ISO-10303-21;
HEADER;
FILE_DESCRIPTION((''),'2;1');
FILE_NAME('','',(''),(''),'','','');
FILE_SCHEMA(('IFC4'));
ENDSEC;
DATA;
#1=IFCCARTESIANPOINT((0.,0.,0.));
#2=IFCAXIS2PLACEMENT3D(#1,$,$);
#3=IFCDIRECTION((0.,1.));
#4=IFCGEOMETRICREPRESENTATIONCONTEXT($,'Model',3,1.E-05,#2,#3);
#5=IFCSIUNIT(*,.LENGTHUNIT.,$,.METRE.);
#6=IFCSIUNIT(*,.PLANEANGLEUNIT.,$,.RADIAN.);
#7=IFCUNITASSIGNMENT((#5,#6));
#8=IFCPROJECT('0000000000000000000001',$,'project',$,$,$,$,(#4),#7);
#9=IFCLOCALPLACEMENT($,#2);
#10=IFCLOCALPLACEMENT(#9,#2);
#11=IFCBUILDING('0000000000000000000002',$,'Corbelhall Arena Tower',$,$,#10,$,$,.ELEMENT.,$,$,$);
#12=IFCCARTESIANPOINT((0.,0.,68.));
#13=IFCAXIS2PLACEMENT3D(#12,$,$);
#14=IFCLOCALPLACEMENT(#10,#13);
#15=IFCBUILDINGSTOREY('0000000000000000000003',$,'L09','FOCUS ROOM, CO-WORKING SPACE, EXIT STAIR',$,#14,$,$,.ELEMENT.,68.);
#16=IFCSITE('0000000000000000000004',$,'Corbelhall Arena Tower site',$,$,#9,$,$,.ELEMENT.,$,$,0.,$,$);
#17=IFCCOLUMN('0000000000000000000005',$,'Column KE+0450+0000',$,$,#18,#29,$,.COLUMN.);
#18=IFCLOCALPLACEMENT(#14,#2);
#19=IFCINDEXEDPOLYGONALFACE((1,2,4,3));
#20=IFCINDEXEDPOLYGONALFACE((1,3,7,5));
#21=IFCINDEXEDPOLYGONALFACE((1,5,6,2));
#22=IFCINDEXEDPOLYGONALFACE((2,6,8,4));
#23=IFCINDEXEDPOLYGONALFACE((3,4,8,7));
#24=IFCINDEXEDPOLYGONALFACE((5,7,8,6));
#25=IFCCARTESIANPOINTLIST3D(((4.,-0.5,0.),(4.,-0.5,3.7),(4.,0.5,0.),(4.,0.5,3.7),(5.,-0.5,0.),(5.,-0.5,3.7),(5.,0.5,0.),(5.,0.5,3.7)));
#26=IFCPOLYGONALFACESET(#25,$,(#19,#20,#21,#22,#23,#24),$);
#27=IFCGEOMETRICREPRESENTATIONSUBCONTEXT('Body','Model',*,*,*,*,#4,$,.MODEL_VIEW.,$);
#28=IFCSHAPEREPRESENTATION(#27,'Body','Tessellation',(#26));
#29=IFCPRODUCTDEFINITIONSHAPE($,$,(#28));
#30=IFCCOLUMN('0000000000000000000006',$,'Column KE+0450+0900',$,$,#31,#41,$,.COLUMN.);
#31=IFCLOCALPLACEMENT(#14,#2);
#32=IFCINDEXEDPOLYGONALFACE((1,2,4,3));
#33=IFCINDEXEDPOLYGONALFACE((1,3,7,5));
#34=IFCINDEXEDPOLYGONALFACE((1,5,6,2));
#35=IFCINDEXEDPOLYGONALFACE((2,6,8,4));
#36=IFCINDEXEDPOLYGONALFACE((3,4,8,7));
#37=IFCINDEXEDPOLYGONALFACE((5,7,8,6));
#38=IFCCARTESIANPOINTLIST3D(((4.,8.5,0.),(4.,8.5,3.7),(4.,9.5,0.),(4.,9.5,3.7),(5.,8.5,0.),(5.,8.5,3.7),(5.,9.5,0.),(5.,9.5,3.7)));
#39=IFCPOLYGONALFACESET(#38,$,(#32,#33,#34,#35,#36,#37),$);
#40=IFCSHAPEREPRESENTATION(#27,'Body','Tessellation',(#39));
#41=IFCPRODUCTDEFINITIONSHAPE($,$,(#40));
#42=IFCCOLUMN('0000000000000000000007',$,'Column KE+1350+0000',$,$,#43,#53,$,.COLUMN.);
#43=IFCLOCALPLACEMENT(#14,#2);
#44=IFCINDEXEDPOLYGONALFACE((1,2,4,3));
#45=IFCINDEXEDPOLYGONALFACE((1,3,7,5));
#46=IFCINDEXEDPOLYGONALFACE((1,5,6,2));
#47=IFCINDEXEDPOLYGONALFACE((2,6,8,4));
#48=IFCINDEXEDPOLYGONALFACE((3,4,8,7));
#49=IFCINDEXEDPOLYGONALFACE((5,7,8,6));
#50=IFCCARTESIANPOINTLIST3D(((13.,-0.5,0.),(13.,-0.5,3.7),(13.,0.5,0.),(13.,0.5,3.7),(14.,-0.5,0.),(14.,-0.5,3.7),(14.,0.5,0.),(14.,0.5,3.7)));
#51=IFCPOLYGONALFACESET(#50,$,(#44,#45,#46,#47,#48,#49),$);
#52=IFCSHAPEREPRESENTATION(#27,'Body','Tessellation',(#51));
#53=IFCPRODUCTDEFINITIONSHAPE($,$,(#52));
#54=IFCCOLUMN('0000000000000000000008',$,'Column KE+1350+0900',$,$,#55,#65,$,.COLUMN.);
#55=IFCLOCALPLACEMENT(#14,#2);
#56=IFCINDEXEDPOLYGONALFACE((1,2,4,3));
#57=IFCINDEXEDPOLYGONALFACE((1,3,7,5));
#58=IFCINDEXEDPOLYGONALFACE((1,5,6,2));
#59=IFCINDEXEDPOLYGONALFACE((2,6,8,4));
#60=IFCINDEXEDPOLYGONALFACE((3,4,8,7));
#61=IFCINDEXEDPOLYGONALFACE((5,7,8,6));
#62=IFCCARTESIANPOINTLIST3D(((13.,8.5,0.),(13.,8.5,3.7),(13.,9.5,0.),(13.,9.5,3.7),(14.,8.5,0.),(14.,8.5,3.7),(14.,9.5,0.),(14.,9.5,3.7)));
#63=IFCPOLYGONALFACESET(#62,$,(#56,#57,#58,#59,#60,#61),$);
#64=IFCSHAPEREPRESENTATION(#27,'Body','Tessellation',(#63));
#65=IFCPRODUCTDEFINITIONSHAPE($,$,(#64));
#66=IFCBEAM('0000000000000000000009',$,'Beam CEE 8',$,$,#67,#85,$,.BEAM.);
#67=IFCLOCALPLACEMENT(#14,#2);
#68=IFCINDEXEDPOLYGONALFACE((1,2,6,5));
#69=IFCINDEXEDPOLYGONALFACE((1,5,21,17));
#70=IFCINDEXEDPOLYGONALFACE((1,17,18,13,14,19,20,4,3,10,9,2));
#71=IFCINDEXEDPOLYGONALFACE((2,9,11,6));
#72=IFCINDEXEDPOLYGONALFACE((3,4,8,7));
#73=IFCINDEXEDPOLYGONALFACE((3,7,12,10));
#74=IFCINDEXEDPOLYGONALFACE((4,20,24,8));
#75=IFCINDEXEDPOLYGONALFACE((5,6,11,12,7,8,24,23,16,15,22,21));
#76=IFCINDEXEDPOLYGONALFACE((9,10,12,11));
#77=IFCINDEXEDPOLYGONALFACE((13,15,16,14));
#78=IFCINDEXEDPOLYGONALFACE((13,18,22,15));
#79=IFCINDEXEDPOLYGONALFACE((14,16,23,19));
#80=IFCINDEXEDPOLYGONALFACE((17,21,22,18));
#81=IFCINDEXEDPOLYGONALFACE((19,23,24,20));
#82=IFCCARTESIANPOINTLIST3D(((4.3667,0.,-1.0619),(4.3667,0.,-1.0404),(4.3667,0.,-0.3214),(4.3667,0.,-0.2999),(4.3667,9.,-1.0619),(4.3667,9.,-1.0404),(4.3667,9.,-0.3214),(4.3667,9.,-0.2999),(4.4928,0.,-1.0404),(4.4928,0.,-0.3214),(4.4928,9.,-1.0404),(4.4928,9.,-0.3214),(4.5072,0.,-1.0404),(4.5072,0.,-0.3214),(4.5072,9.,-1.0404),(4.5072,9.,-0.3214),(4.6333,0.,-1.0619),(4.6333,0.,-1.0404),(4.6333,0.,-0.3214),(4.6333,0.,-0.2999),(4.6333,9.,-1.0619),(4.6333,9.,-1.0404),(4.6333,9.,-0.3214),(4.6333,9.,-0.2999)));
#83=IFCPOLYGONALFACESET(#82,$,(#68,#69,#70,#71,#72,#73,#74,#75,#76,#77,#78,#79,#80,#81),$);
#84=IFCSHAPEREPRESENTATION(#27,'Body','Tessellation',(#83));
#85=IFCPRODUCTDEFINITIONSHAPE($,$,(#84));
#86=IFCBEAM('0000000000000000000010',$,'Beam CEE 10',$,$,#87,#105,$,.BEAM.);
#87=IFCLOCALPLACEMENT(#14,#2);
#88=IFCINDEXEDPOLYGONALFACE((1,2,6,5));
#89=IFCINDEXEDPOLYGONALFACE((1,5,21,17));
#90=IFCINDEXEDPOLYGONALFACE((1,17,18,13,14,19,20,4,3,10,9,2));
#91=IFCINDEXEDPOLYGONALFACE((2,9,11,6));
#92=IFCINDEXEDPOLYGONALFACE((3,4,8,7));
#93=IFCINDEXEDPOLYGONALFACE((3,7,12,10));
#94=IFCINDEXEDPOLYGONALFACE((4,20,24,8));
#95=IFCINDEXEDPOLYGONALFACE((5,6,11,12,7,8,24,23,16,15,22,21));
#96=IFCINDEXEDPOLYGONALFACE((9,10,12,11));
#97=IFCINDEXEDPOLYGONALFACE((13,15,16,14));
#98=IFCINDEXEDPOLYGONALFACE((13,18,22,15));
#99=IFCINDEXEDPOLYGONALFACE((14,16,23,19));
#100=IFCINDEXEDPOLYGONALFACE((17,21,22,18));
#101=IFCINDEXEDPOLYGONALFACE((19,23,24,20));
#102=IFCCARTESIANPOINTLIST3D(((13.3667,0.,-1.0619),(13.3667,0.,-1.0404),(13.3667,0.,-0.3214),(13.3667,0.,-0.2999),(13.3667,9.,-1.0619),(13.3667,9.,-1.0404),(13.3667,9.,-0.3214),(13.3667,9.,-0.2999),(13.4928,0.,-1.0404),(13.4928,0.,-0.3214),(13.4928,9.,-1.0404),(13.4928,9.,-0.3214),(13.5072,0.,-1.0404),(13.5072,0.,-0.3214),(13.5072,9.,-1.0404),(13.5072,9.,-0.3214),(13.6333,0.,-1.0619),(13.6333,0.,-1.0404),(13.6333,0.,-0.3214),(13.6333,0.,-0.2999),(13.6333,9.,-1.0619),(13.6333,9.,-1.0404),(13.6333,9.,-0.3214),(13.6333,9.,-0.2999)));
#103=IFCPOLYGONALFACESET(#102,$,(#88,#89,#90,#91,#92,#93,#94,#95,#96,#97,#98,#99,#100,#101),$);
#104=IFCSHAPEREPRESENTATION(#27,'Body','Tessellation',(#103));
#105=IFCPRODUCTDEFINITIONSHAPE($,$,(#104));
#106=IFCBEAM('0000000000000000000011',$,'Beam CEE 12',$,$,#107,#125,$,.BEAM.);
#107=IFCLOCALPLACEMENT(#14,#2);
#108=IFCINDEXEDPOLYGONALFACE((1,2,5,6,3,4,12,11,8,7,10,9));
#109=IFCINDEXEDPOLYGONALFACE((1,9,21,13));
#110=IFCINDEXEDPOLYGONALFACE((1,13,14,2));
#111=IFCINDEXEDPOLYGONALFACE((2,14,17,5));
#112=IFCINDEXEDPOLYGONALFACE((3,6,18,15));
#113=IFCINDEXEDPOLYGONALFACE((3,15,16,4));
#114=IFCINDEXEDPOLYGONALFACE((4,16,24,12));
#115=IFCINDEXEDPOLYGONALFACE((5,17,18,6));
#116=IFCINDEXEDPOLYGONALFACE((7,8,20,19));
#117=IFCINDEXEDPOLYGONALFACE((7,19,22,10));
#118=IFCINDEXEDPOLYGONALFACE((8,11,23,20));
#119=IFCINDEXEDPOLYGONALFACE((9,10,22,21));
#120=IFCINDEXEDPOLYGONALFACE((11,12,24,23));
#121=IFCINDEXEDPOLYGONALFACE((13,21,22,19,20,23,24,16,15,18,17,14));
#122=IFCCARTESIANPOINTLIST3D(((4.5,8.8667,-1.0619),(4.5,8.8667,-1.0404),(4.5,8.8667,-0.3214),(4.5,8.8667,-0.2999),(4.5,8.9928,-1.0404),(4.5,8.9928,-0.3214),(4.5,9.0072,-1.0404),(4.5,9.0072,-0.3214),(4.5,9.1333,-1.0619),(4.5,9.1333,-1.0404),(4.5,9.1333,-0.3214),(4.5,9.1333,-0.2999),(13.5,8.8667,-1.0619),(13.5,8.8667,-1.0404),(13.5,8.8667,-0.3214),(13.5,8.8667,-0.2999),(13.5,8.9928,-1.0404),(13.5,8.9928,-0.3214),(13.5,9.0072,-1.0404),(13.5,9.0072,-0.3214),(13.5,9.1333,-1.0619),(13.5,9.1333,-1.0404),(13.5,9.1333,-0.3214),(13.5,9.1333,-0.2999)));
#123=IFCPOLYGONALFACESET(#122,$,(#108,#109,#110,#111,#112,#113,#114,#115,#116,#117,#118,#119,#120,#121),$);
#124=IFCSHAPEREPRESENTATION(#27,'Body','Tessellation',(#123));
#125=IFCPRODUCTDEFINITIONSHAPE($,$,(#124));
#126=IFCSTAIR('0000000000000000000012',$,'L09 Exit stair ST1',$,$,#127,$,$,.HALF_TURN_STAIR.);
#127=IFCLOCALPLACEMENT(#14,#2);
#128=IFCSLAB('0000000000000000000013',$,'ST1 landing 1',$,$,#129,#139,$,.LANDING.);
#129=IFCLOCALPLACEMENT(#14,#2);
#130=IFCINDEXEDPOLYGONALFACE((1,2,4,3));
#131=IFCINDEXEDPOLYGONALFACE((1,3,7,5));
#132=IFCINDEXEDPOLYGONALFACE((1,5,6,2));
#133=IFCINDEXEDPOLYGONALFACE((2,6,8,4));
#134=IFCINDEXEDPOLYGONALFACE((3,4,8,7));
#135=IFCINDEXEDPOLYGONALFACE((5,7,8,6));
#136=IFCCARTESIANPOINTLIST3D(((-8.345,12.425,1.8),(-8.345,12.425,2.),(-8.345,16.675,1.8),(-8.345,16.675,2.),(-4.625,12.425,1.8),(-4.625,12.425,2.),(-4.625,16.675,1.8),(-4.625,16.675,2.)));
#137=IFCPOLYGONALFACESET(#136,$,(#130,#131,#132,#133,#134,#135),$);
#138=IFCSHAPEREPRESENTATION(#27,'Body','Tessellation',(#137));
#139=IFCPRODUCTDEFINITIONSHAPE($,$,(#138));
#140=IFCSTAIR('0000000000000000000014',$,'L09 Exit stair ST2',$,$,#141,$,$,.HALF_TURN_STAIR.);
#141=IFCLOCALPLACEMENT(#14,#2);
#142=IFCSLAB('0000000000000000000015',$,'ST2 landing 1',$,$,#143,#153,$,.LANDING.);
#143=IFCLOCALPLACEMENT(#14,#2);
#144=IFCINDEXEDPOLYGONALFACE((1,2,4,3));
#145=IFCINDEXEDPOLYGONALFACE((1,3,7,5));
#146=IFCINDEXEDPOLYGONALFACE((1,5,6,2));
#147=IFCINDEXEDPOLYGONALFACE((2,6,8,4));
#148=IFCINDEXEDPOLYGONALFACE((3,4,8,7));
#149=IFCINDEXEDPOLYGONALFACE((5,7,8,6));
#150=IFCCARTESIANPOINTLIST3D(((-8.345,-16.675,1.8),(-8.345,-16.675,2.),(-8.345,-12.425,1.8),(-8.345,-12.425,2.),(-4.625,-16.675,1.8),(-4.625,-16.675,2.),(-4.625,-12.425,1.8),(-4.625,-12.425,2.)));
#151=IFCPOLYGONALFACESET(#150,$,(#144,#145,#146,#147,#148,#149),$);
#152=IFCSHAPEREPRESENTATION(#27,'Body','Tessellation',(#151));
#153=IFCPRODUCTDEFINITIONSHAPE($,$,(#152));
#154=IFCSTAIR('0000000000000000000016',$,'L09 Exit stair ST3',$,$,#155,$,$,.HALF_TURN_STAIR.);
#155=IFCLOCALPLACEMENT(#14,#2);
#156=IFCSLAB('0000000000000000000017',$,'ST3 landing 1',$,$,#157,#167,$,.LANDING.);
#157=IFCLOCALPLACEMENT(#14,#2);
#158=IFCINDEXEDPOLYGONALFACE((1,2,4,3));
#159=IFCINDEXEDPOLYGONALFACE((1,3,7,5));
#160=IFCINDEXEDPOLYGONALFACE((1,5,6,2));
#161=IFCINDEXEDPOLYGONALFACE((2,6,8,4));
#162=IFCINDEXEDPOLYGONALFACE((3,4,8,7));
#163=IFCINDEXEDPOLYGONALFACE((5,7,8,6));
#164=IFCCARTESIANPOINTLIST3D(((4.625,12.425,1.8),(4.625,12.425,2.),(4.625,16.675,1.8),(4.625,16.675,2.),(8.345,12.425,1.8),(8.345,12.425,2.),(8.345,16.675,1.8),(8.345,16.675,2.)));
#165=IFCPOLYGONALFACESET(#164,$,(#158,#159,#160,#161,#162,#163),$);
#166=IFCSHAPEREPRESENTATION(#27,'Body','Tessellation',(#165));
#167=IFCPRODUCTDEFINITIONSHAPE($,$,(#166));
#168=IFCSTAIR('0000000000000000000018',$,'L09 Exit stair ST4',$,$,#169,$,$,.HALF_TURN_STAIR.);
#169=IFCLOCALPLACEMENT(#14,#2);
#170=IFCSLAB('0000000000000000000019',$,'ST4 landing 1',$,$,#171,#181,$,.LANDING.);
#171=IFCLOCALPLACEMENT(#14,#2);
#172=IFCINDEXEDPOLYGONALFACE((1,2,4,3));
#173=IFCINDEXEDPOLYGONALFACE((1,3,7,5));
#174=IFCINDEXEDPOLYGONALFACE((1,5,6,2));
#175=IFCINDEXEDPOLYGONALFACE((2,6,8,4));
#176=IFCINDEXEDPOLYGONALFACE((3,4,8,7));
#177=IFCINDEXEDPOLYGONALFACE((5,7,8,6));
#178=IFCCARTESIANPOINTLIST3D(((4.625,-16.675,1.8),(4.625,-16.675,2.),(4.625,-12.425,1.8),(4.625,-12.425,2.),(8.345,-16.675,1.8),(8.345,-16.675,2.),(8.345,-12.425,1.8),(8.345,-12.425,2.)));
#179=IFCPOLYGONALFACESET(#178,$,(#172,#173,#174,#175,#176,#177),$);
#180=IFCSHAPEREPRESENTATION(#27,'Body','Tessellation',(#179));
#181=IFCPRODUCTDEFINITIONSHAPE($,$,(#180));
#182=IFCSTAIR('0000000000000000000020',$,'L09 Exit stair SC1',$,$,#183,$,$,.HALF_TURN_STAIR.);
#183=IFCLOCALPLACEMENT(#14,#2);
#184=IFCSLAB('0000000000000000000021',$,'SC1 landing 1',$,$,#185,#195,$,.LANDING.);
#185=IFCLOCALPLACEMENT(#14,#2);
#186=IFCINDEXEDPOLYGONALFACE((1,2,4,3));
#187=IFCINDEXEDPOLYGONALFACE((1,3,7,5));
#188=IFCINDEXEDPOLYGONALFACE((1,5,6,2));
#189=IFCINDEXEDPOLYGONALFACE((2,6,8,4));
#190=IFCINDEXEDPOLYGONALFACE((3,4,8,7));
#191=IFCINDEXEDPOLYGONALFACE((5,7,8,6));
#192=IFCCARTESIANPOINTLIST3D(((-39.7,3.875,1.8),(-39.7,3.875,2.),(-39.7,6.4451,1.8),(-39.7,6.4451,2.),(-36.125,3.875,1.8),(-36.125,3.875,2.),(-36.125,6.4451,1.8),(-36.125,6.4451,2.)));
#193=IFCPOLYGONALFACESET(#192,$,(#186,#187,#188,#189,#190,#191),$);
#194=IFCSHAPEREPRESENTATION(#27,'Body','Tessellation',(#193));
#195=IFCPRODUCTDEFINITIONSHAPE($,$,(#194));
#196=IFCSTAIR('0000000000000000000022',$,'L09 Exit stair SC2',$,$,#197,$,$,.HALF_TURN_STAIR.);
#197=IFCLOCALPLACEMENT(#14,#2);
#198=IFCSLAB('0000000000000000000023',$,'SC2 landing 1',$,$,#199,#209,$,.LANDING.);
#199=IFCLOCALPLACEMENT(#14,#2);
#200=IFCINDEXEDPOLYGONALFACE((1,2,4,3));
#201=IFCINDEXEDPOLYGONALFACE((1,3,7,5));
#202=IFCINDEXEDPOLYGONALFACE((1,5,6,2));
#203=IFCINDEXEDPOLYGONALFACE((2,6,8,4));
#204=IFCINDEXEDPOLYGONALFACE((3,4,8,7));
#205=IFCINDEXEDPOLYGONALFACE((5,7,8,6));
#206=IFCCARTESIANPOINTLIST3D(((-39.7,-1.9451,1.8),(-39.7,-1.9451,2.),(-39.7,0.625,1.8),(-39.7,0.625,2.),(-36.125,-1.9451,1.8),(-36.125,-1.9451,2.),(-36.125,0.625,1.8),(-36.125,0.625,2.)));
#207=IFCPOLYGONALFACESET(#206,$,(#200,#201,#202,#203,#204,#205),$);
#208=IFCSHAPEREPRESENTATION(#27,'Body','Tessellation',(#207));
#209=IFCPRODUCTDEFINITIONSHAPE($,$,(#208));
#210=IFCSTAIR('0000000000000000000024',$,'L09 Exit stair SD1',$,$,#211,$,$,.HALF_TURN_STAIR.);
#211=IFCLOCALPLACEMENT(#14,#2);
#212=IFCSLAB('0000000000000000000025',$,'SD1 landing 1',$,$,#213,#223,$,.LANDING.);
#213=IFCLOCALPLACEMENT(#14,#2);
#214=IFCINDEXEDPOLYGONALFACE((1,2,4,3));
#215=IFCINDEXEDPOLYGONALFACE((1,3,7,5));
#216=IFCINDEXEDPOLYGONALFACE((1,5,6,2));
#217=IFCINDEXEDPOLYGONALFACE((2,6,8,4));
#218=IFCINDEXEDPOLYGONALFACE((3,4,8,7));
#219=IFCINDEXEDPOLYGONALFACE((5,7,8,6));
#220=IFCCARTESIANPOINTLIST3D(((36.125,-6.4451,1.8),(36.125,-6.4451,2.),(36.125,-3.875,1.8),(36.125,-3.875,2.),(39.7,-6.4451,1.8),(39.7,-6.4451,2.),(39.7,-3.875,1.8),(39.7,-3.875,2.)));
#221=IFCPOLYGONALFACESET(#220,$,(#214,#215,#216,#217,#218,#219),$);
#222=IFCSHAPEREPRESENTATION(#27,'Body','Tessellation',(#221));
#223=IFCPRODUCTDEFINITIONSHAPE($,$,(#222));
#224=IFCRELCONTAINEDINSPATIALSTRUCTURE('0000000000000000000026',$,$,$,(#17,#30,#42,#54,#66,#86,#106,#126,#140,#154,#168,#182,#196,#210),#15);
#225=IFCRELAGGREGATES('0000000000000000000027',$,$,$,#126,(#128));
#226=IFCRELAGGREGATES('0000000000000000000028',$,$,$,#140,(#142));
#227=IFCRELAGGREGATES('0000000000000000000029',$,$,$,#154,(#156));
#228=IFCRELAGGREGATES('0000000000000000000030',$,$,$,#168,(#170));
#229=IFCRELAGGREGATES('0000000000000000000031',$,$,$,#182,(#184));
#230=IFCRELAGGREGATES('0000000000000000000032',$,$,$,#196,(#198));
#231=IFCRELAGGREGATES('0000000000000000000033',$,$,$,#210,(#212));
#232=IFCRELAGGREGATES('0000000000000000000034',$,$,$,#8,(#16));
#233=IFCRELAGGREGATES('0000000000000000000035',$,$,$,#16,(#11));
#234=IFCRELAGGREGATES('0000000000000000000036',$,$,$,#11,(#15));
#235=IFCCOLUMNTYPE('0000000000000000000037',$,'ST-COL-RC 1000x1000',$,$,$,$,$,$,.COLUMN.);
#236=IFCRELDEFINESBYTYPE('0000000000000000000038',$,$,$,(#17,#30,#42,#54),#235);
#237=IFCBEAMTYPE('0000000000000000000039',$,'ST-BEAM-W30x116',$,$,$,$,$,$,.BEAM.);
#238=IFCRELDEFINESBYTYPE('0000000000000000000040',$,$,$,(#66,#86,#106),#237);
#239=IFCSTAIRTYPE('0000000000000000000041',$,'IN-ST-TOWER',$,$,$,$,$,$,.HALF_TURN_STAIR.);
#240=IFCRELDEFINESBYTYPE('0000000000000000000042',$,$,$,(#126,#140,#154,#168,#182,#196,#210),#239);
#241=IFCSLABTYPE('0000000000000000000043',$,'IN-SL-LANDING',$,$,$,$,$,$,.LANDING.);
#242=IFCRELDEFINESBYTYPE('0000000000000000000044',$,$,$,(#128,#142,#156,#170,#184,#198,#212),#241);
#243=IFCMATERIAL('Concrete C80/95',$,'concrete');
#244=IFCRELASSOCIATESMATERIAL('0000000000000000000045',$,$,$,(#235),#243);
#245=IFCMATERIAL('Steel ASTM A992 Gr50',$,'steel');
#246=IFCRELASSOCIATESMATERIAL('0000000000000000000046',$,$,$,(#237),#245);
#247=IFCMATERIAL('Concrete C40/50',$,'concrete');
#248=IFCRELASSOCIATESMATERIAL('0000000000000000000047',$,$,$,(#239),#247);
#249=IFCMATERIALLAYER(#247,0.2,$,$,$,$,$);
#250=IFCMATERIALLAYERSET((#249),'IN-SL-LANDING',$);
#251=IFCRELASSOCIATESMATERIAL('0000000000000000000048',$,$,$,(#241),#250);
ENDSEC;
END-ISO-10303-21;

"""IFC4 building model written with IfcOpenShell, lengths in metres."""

from ifc_helpers import new_model, si_unit, direction, frame, origin, origin_2d, place, context, subcontext, project, spatial, polyline, rectangle, i_section, outline, extrude, material, layer, layer_set, material_profile, profile_set, type_object, element, aggregate, save


model = new_model("IFC4")

# Units and contexts
model_context = context("Model", 3, precision=1e-05, world=origin(), true_north=direction((0.0, 1.0)))
body_context = subcontext(model_context, "Body", "Model", "MODEL_VIEW")
ifc_project = project(units=[si_unit("LENGTHUNIT", "METRE"), si_unit("PLANEANGLEUNIT", "RADIAN")], contexts=[model_context])

# Site, building, storey
site_placement = place(None, origin())
site = spatial("IfcSite", under=ifc_project, at=site_placement, Name="Corbelhall Arena Tower site", CompositionType="ELEMENT", RefElevation=0.0)
building_placement = place(site_placement, origin())
building = spatial("IfcBuilding", under=site, at=building_placement, Name="Corbelhall Arena Tower", CompositionType="ELEMENT")
storey_placement = place(building_placement, frame((0.0, 0.0, 68.0)))
storey = spatial("IfcBuildingStorey", under=building, at=storey_placement, Name="L09", Description="FOCUS ROOM, CO-WORKING SPACE, EXIT STAIR", CompositionType="ELEMENT", Elevation=68.0)

# Columns
ifc_material_1 = material(Name="Concrete C80/95", Category="concrete")
ifc_material_profile_1 = material_profile(ifc_material_1, rectangle(XDim=1.0, YDim=1.0, at=origin_2d()))
ifc_profile_set_1 = profile_set([ifc_material_profile_1], Name="Concrete C80/95")
column_type = type_object("IfcColumnType", Name="ST-COL-RC 1000x1000", PredefinedType="COLUMN", material=ifc_profile_set_1)
for number, where, z_axis, x_axis, name in (
    (1, (4.5, 0.0, 0.0), (0.0, 0.0, 1.0), (1.0, 0.0, 0.0), "Column KE+0450+0000"),
    (2, (4.5, 9.0, 0.0), (0.0, 0.0, 1.0), (1.0, 0.0, 0.0), "Column KE+0450+0900"),
    (3, (13.5, 0.0, 0.0), (0.0, 0.0, 1.0), (1.0, 0.0, 0.0), "Column KE+1350+0000"),
    (4, (13.5, 9.0, 0.0), (0.0, 0.0, 1.0), (1.0, 0.0, 0.0), "Column KE+1350+0900"),
):
    element("IfcColumn", number, at=place(storey_placement, frame(where, z_axis=z_axis, x_axis=x_axis)), inside=storey, type_object=column_type, Name=name, PredefinedType="COLUMN", context=body_context, shape_type="SweptSolid", body=[
        extrude(rectangle(XDim=1.0, YDim=1.0, at=origin_2d()), origin(), (0.0, 0.0, 1.0), 3.7),
    ])

# Beams
ifc_material_2 = material(Name="Steel ASTM A992 Gr50", Category="steel")
ifc_material_profile_2 = material_profile(ifc_material_2, i_section(OverallWidth=0.2666, OverallDepth=0.762, WebThickness=0.0144, FlangeThickness=0.0215, at=origin_2d()))
ifc_profile_set_2 = profile_set([ifc_material_profile_2], Name="Steel ASTM A992 Gr50")
beam_type = type_object("IfcBeamType", Name="ST-BEAM-W30x116", PredefinedType="BEAM", material=ifc_profile_set_2)
for number, where, z_axis, x_axis, name in (
    (5, (4.5, 0.0, -0.6809), (0.0, 1.0, 0.0), (-1.0, 0.0, 0.0), "Beam CEE 8"),
    (6, (13.5, 0.0, -0.6809), (0.0, 1.0, 0.0), (-1.0, 0.0, 0.0), "Beam CEE 10"),
    (7, (4.5, 9.0, -0.6809), (1.0, 0.0, 0.0), (0.0, 1.0, 0.0), "Beam CEE 12"),
):
    element("IfcBeam", number, at=place(storey_placement, frame(where, z_axis=z_axis, x_axis=x_axis)), inside=storey, type_object=beam_type, Name=name, PredefinedType="BEAM", context=body_context, shape_type="SweptSolid", body=[
        extrude(i_section(OverallWidth=0.2666, OverallDepth=0.762, WebThickness=0.0144, FlangeThickness=0.0215, at=origin_2d()), origin(), (0.0, 0.0, 1.0), 9.0),
    ])

# Stairs, slabs
ifc_material_3 = material(Name="Concrete C40/50", Category="concrete")
stair_type = type_object("IfcStairType", Name="IN-ST-TOWER", PredefinedType="HALF_TURN_STAIR", material=ifc_material_3)
stair_1_placement = place(storey_placement, origin())
stair_1 = element("IfcStair", 8, at=stair_1_placement, inside=storey, type_object=stair_type, Name="L09 Exit stair ST1", PredefinedType="HALF_TURN_STAIR")
ifc_layer_1 = layer(ifc_material_3, 0.2)
ifc_layer_set_1 = layer_set([ifc_layer_1], Name="IN-SL-LANDING")
slab_type = type_object("IfcSlabType", Name="IN-SL-LANDING", PredefinedType="LANDING", material=ifc_layer_set_1)
slab_1_placement = place(storey_placement, frame((0.0, 0.0, 1.8)))
slab_1 = element("IfcSlab", 9, at=slab_1_placement, type_object=slab_type, Name="ST1 landing 1", PredefinedType="LANDING", context=body_context, shape_type="SweptSolid", body=[
    extrude(outline(polyline([(-8.345, 12.425), (-4.625, 12.425), (-4.625, 16.675), (-8.345, 16.675), (-8.345, 12.425)])), origin(), (0.0, 0.0, 1.0), 0.2),
])
aggregate(stair_1, [slab_1])
stair_2_placement = place(storey_placement, origin())
stair_2 = element("IfcStair", 10, at=stair_2_placement, inside=storey, type_object=stair_type, Name="L09 Exit stair ST2", PredefinedType="HALF_TURN_STAIR")
slab_2_placement = place(storey_placement, frame((0.0, 0.0, 1.8)))
slab_2 = element("IfcSlab", 11, at=slab_2_placement, type_object=slab_type, Name="ST2 landing 1", PredefinedType="LANDING", context=body_context, shape_type="SweptSolid", body=[
    extrude(outline(polyline([(-8.345, -16.675), (-4.625, -16.675), (-4.625, -12.425), (-8.345, -12.425), (-8.345, -16.675)])), origin(), (0.0, 0.0, 1.0), 0.2),
])
aggregate(stair_2, [slab_2])
stair_3_placement = place(storey_placement, origin())
stair_3 = element("IfcStair", 12, at=stair_3_placement, inside=storey, type_object=stair_type, Name="L09 Exit stair ST3", PredefinedType="HALF_TURN_STAIR")
slab_3_placement = place(storey_placement, frame((0.0, 0.0, 1.8)))
slab_3 = element("IfcSlab", 13, at=slab_3_placement, type_object=slab_type, Name="ST3 landing 1", PredefinedType="LANDING", context=body_context, shape_type="SweptSolid", body=[
    extrude(outline(polyline([(8.345, 16.675), (4.625, 16.675), (4.625, 12.425), (8.345, 12.425), (8.345, 16.675)])), origin(), (0.0, 0.0, 1.0), 0.2),
])
aggregate(stair_3, [slab_3])
stair_4_placement = place(storey_placement, origin())
stair_4 = element("IfcStair", 14, at=stair_4_placement, inside=storey, type_object=stair_type, Name="L09 Exit stair ST4", PredefinedType="HALF_TURN_STAIR")
slab_4_placement = place(storey_placement, frame((0.0, 0.0, 1.8)))
slab_4 = element("IfcSlab", 15, at=slab_4_placement, type_object=slab_type, Name="ST4 landing 1", PredefinedType="LANDING", context=body_context, shape_type="SweptSolid", body=[
    extrude(outline(polyline([(8.345, -12.425), (4.625, -12.425), (4.625, -16.675), (8.345, -16.675), (8.345, -12.425)])), origin(), (0.0, 0.0, 1.0), 0.2),
])
aggregate(stair_4, [slab_4])
stair_5_placement = place(storey_placement, origin())
stair_5 = element("IfcStair", 16, at=stair_5_placement, inside=storey, type_object=stair_type, Name="L09 Exit stair SC1", PredefinedType="HALF_TURN_STAIR")
slab_5_placement = place(storey_placement, frame((0.0, 0.0, 1.8)))
slab_5 = element("IfcSlab", 17, at=slab_5_placement, type_object=slab_type, Name="SC1 landing 1", PredefinedType="LANDING", context=body_context, shape_type="SweptSolid", body=[
    extrude(outline(polyline([(-39.7, 6.4451), (-39.7, 3.875), (-36.125, 3.875), (-36.125, 6.4451), (-39.7, 6.4451)])), origin(), (0.0, 0.0, 1.0), 0.2),
])
aggregate(stair_5, [slab_5])
stair_6_placement = place(storey_placement, origin())
stair_6 = element("IfcStair", 18, at=stair_6_placement, inside=storey, type_object=stair_type, Name="L09 Exit stair SC2", PredefinedType="HALF_TURN_STAIR")
slab_6_placement = place(storey_placement, frame((0.0, 0.0, 1.8)))
slab_6 = element("IfcSlab", 19, at=slab_6_placement, type_object=slab_type, Name="SC2 landing 1", PredefinedType="LANDING", context=body_context, shape_type="SweptSolid", body=[
    extrude(outline(polyline([(-36.125, -1.9451), (-36.125, 0.625), (-39.7, 0.625), (-39.7, -1.9451), (-36.125, -1.9451)])), origin(), (0.0, 0.0, 1.0), 0.2),
])
aggregate(stair_6, [slab_6])
stair_7_placement = place(storey_placement, origin())
stair_7 = element("IfcStair", 20, at=stair_7_placement, inside=storey, type_object=stair_type, Name="L09 Exit stair SD1", PredefinedType="HALF_TURN_STAIR")
slab_7_placement = place(storey_placement, frame((0.0, 0.0, 1.8)))
slab_7 = element("IfcSlab", 21, at=slab_7_placement, type_object=slab_type, Name="SD1 landing 1", PredefinedType="LANDING", context=body_context, shape_type="SweptSolid", body=[
    extrude(outline(polyline([(39.7, -6.4451), (39.7, -3.875), (36.125, -3.875), (36.125, -6.4451), (39.7, -6.4451)])), origin(), (0.0, 0.0, 1.0), 0.2),
])
aggregate(stair_7, [slab_7])

save(model, "model.ifc")
